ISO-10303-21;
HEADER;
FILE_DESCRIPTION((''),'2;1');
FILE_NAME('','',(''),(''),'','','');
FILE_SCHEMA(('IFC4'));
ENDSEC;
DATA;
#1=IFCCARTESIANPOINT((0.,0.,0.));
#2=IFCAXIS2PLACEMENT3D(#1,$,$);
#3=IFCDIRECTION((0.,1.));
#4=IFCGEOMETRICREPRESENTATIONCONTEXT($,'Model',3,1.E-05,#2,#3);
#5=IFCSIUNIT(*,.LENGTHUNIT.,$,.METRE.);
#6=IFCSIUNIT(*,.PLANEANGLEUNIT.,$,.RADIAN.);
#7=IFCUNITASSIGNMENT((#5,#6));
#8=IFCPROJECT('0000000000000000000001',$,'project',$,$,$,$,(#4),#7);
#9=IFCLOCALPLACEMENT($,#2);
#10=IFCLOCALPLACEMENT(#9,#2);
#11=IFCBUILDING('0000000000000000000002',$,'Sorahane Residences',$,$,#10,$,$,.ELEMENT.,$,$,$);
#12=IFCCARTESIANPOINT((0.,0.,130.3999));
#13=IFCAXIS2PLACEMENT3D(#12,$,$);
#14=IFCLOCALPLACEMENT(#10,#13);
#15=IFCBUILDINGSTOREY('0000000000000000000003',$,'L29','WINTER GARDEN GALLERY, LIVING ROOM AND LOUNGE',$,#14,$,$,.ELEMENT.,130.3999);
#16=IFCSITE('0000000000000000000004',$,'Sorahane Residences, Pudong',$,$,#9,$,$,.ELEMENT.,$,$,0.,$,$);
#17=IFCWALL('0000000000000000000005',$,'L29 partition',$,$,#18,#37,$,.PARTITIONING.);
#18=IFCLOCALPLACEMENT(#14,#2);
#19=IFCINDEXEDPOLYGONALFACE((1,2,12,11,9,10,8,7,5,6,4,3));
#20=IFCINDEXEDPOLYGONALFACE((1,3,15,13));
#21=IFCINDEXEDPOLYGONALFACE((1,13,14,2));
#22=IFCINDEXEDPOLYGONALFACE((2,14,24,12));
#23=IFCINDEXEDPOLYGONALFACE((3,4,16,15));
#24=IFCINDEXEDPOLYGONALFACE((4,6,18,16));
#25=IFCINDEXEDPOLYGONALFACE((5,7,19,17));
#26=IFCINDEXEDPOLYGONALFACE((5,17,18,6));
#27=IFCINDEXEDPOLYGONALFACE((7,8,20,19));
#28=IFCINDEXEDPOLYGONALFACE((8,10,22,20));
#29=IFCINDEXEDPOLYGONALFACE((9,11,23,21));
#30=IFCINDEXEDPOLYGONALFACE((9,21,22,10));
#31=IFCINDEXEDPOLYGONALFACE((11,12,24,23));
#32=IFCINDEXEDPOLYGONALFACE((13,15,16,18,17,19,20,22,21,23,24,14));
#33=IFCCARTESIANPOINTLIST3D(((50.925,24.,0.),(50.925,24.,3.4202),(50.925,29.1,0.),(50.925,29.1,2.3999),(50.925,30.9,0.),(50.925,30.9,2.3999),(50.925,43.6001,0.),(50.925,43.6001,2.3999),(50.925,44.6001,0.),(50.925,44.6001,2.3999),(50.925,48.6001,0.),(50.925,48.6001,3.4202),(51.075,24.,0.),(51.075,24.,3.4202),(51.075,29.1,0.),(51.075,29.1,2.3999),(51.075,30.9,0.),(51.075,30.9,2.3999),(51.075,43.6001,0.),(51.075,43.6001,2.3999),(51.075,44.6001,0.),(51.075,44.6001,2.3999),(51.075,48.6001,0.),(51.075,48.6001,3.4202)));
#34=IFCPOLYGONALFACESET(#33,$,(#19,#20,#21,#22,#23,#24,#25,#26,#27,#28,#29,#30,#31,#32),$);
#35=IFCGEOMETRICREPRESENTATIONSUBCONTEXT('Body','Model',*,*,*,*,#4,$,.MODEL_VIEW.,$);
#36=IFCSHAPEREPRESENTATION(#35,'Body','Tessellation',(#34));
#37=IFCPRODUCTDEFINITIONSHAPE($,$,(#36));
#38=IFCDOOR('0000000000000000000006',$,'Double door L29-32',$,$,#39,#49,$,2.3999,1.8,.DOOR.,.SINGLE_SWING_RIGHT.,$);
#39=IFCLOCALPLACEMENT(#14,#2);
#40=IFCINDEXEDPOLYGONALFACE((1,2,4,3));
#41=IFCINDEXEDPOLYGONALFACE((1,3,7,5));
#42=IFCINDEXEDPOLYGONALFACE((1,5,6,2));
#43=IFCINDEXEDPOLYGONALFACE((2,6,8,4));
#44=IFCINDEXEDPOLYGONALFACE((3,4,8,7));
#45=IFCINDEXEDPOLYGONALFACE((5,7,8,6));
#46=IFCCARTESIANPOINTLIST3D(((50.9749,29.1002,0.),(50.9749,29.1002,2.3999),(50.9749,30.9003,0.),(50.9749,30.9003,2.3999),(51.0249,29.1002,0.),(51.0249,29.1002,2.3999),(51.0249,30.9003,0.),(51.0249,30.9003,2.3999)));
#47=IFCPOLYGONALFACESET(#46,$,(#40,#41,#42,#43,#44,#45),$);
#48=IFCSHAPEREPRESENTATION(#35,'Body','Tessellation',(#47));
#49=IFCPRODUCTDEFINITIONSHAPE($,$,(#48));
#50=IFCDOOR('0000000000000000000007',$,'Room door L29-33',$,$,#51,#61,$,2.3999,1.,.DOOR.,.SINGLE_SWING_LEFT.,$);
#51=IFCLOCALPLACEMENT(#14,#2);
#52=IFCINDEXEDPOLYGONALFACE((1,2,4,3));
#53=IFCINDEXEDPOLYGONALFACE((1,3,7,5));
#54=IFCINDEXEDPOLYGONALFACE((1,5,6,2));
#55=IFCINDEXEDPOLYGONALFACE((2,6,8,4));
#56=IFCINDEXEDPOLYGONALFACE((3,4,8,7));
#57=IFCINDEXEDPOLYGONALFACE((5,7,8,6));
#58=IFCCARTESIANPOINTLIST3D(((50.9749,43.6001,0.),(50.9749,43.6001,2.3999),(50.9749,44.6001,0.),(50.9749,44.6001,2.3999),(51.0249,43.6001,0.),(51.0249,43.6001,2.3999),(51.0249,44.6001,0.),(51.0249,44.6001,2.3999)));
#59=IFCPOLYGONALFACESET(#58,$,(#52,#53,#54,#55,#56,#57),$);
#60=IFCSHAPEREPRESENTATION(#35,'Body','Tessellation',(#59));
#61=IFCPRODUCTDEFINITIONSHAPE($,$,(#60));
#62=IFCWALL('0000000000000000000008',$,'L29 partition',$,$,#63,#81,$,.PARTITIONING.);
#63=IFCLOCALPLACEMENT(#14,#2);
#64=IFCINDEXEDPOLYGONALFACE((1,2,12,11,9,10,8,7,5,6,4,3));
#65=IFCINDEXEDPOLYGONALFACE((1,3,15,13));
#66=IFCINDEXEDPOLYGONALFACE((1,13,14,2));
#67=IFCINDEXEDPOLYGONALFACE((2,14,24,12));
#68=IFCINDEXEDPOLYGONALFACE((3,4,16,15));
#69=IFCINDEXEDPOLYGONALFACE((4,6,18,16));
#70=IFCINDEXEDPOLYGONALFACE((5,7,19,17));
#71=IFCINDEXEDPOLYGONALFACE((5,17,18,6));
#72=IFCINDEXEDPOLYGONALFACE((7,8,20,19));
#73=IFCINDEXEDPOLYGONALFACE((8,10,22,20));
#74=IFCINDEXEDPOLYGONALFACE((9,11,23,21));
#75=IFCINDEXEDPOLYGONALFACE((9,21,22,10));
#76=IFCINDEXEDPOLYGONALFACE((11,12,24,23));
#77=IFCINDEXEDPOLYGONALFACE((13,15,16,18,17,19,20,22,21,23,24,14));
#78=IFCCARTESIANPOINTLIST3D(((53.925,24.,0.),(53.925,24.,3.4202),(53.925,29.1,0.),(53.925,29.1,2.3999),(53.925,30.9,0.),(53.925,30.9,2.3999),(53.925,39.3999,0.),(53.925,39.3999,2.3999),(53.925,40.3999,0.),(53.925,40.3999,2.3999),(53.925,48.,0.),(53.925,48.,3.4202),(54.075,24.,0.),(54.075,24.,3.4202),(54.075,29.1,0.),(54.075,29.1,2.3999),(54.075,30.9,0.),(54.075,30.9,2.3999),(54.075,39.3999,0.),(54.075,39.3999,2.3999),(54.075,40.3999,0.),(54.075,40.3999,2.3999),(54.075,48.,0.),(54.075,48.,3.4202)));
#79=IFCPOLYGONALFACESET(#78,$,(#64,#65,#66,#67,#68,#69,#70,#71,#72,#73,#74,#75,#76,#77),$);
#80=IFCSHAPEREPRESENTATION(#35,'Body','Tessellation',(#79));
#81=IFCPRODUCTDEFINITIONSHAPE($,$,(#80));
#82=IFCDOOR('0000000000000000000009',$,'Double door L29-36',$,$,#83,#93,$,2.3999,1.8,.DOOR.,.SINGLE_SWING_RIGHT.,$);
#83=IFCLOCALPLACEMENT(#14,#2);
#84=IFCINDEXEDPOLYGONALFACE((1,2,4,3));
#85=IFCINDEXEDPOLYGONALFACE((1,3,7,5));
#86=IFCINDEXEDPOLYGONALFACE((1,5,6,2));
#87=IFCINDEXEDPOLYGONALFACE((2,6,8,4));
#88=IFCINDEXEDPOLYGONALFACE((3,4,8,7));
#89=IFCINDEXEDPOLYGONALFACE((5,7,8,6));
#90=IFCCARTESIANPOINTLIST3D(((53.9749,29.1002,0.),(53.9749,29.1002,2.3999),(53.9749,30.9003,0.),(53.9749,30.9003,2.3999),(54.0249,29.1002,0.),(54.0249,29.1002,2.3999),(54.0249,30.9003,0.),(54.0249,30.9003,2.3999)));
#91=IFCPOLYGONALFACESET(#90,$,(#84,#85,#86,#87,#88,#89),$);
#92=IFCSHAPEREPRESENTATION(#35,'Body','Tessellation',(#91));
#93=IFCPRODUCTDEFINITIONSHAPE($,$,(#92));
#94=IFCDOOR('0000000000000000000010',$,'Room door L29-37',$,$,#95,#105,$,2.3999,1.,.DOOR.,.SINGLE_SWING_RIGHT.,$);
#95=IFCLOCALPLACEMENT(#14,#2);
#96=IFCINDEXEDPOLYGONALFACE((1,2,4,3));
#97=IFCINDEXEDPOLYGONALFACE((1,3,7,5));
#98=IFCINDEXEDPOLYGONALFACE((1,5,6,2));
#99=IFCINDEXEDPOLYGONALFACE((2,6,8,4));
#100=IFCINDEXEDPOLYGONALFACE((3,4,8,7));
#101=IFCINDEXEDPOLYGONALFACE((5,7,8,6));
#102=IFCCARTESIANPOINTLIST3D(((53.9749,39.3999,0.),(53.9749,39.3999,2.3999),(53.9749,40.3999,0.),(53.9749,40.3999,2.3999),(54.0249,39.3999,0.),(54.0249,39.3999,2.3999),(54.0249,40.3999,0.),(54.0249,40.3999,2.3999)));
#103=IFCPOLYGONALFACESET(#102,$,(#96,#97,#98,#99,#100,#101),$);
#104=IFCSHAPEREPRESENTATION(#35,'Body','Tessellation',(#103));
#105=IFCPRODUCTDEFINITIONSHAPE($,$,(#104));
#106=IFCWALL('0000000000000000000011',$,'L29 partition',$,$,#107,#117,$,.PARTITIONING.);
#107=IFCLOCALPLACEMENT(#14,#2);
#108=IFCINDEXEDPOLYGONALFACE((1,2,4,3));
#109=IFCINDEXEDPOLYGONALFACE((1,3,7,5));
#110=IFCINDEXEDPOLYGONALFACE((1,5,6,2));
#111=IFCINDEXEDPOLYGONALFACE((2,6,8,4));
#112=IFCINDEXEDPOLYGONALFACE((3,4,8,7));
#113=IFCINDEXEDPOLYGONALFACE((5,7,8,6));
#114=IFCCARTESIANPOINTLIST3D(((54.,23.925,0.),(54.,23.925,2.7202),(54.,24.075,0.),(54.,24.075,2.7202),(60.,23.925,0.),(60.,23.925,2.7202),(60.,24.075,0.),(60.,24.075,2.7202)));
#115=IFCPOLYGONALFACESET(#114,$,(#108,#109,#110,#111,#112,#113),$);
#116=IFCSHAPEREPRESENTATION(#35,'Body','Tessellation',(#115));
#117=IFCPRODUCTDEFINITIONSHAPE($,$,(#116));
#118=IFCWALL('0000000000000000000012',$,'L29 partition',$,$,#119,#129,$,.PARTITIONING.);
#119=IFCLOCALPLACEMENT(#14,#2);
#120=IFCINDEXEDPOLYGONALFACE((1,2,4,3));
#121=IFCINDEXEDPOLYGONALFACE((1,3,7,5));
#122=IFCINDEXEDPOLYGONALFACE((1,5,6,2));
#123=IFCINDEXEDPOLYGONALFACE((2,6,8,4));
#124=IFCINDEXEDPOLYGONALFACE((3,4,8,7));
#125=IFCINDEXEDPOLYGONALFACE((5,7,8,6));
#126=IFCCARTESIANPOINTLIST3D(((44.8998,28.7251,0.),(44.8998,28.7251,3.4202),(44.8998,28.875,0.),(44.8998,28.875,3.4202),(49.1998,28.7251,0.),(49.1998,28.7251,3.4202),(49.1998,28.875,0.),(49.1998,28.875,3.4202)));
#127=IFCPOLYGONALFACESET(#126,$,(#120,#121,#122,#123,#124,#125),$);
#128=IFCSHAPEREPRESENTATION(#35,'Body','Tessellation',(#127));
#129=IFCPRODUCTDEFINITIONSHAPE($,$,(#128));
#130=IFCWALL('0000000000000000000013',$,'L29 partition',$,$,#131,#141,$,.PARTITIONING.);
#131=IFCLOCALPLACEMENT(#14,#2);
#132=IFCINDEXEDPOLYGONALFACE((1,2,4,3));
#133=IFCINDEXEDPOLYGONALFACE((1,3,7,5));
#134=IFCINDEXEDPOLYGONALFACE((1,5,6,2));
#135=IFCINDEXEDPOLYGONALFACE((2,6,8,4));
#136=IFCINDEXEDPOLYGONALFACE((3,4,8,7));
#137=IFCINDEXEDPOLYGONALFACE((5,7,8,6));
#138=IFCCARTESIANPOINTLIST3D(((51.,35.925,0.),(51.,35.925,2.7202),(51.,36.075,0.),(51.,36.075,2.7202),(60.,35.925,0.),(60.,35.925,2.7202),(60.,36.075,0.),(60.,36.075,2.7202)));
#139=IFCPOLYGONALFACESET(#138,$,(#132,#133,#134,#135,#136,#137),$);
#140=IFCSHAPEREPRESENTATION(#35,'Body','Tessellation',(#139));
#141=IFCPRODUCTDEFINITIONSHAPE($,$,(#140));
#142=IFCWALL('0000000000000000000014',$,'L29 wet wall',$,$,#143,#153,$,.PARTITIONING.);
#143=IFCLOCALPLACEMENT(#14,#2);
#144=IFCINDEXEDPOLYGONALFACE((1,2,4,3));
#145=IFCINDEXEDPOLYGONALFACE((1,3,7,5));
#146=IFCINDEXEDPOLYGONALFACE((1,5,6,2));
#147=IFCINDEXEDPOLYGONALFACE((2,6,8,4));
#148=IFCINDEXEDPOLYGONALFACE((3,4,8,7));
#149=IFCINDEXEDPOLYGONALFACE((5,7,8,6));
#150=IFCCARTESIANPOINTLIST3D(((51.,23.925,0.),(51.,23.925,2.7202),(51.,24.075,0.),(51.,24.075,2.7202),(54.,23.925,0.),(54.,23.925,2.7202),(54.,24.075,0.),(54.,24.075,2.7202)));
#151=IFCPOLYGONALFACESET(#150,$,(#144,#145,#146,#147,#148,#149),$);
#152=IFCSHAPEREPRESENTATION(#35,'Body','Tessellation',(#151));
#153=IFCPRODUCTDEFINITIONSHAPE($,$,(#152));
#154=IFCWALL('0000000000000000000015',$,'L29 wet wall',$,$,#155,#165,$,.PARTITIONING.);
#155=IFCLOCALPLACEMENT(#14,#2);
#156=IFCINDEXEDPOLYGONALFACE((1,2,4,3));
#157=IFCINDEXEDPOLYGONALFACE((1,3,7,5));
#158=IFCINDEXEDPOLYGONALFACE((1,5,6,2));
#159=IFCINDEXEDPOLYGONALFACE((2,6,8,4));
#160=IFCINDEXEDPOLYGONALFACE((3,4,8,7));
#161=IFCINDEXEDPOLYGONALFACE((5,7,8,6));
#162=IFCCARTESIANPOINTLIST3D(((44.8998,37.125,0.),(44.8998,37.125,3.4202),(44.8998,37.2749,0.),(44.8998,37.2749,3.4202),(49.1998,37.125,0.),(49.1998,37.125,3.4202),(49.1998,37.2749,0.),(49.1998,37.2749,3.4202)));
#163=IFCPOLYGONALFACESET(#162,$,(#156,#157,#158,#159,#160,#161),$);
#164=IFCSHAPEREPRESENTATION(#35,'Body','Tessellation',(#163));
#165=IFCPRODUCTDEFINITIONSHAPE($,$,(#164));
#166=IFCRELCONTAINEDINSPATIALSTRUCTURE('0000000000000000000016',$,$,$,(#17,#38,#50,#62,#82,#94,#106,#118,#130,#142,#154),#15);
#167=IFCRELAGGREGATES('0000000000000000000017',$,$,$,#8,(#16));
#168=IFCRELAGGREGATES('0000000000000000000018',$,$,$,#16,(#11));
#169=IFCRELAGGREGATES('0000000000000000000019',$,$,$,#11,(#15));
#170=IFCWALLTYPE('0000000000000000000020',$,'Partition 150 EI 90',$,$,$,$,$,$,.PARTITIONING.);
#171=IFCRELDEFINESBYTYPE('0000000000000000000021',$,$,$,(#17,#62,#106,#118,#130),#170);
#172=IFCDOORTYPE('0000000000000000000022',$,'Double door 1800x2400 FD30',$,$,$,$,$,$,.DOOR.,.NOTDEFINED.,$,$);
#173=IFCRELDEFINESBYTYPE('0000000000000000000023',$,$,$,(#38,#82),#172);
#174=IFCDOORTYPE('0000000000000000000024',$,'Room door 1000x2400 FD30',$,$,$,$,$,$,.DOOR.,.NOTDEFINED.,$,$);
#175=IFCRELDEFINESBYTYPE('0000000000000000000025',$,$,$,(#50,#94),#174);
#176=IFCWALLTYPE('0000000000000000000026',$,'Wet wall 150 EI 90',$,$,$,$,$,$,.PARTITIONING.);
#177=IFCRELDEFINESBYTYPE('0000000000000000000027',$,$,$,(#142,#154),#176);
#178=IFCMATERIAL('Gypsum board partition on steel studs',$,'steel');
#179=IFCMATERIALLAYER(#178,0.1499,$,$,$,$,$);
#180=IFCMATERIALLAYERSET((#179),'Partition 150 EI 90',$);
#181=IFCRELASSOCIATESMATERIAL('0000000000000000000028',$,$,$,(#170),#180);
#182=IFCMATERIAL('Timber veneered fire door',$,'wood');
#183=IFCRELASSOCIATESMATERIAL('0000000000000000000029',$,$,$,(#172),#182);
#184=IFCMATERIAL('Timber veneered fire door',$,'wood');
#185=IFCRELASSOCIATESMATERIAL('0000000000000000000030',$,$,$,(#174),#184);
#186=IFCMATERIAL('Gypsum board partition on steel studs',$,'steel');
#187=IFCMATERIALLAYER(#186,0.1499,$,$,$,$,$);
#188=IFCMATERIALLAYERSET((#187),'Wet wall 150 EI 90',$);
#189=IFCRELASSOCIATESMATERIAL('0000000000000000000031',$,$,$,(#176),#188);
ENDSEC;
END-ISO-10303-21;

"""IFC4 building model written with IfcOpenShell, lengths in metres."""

from ifc_helpers import new_model, si_unit, direction, frame, frame_2d, origin, place, context, subcontext, project, spatial, rectangle, extrude, material, layer, layer_set, type_object, element, fill, save


model = new_model("IFC4")

# Units and contexts
model_context = context("Model", 3, precision=1e-05, world=origin(), true_north=direction((0.0, 1.0)))
body_context = subcontext(model_context, "Body", "Model", "MODEL_VIEW")
ifc_project = project(units=[si_unit("LENGTHUNIT", "METRE"), si_unit("PLANEANGLEUNIT", "RADIAN")], contexts=[model_context])

# Site, building, storey
site_placement = place(None, origin())
site = spatial("IfcSite", under=ifc_project, at=site_placement, Name="Sorahane Residences, Pudong", CompositionType="ELEMENT", RefElevation=0.0)
building_placement = place(site_placement, origin())
building = spatial("IfcBuilding", under=site, at=building_placement, Name="Sorahane Residences", CompositionType="ELEMENT")
storey_placement = place(building_placement, frame((0.0, 0.0, 130.3999)))
storey = spatial("IfcBuildingStorey", under=building, at=storey_placement, Name="L29", Description="WINTER GARDEN GALLERY, LIVING ROOM AND LOUNGE", CompositionType="ELEMENT", Elevation=130.3999)

# Walls, openings, doors
ifc_material_1 = material(Name="Gypsum board partition on steel studs", Category="steel")
ifc_layer_1 = layer(ifc_material_1, 0.1499)
ifc_layer_set_1 = layer_set([ifc_layer_1], Name="Partition 150 EI 90")
wall_type_1 = type_object("IfcWallType", Name="Partition 150 EI 90", PredefinedType="PARTITIONING", material=ifc_layer_set_1)
wall_1_placement = place(storey_placement, frame((51.0, 24.0, 0.0), z_axis=(0.0, 0.0, 1.0), x_axis=(0.0, 1.0, 0.0)))
wall_1 = element("IfcWall", 1, at=wall_1_placement, inside=storey, type_object=wall_type_1, Name="L29 partition", PredefinedType="PARTITIONING", context=body_context, shape_type="SweptSolid", body=[
    extrude(rectangle(XDim=24.6001, YDim=0.1499, at=frame_2d((12.3, 0.0))), origin(), (0.0, 0.0, 1.0), 3.4202),
])
opening_1_placement = place(wall_1_placement, frame((5.1001, 0.0, 0.0)))
opening_1 = element("IfcOpeningElement", 2, at=opening_1_placement, cuts=wall_1, PredefinedType="OPENING", context=body_context, shape_type="SweptSolid", body=[
    extrude(rectangle(XDim=1.8, YDim=2.3999, at=frame_2d((0.8999, 1.2))), frame((0.0, 0.085, 0.0), z_axis=(0.0, -1.0, 0.0), x_axis=(1.0, 0.0, 0.0)), (0.0, 0.0, 1.0), 0.1699),
])
opening_2_placement = place(wall_1_placement, frame((19.6001, 0.0, 0.0)))
opening_2 = element("IfcOpeningElement", 3, at=opening_2_placement, cuts=wall_1, PredefinedType="OPENING", context=body_context, shape_type="SweptSolid", body=[
    extrude(rectangle(XDim=1.0, YDim=2.3999, at=frame_2d((0.5, 1.2))), frame((0.0, 0.085, 0.0), z_axis=(0.0, -1.0, 0.0), x_axis=(1.0, 0.0, 0.0)), (0.0, 0.0, 1.0), 0.1699),
])
ifc_material_2 = material(Name="Timber veneered fire door", Category="wood")
door_type_1 = type_object("IfcDoorType", Name="Double door 1800x2400 FD30", OperationType="NOTDEFINED", PredefinedType="DOOR", material=ifc_material_2)
door_1_placement = place(opening_1_placement, frame((1.8, 0.0, 0.0), z_axis=(0.0, 0.0, 1.0), x_axis=(-1.0, 0.0, 0.0)))
door_1 = element("IfcDoor", 4, at=door_1_placement, inside=storey, type_object=door_type_1, Name="Double door L29-32", OperationType="SINGLE_SWING_RIGHT", OverallHeight=2.3999, OverallWidth=1.8, PredefinedType="DOOR", context=body_context, shape_type="SweptSolid", body=[
    extrude(rectangle(XDim=1.8, YDim=2.3999, at=frame_2d((0.8999, 1.2))), frame((0.0, 0.0249, 0.0), z_axis=(0.0, -1.0, 0.0), x_axis=(1.0, 0.0, 0.0)), (0.0, 0.0, 1.0), 0.05),
])
fill(opening_1, door_1)
ifc_material_3 = material(Name="Timber veneered fire door", Category="wood")
door_type_2 = type_object("IfcDoorType", Name="Room door 1000x2400 FD30", OperationType="NOTDEFINED", PredefinedType="DOOR", material=ifc_material_3)
door_2_placement = place(opening_2_placement, frame((1.0, 0.0, 0.0), z_axis=(0.0, 0.0, 1.0), x_axis=(-1.0, 0.0, 0.0)))
door_2 = element("IfcDoor", 5, at=door_2_placement, inside=storey, type_object=door_type_2, Name="Room door L29-33", OperationType="SINGLE_SWING_LEFT", OverallHeight=2.3999, OverallWidth=1.0, PredefinedType="DOOR", context=body_context, shape_type="SweptSolid", body=[
    extrude(rectangle(XDim=1.0, YDim=2.3999, at=frame_2d((0.5, 1.2))), frame((0.0, 0.0249, 0.0), z_axis=(0.0, -1.0, 0.0), x_axis=(1.0, 0.0, 0.0)), (0.0, 0.0, 1.0), 0.05),
])
fill(opening_2, door_2)
wall_2_placement = place(storey_placement, frame((54.0, 24.0, 0.0), z_axis=(0.0, 0.0, 1.0), x_axis=(0.0, 1.0, 0.0)))
wall_2 = element("IfcWall", 6, at=wall_2_placement, inside=storey, type_object=wall_type_1, Name="L29 partition", PredefinedType="PARTITIONING", context=body_context, shape_type="SweptSolid", body=[
    extrude(rectangle(XDim=24.0, YDim=0.1499, at=frame_2d((12.0, 0.0))), origin(), (0.0, 0.0, 1.0), 3.4202),
])
opening_3_placement = place(wall_2_placement, frame((5.1001, 0.0, 0.0)))
opening_3 = element("IfcOpeningElement", 7, at=opening_3_placement, cuts=wall_2, PredefinedType="OPENING", context=body_context, shape_type="SweptSolid", body=[
    extrude(rectangle(XDim=1.8, YDim=2.3999, at=frame_2d((0.8999, 1.2))), frame((0.0, 0.085, 0.0), z_axis=(0.0, -1.0, 0.0), x_axis=(1.0, 0.0, 0.0)), (0.0, 0.0, 1.0), 0.1699),
])
opening_4_placement = place(wall_2_placement, frame((15.3999, 0.0, 0.0)))
opening_4 = element("IfcOpeningElement", 8, at=opening_4_placement, cuts=wall_2, PredefinedType="OPENING", context=body_context, shape_type="SweptSolid", body=[
    extrude(rectangle(XDim=1.0, YDim=2.3999, at=frame_2d((0.5, 1.2))), frame((0.0, 0.085, 0.0), z_axis=(0.0, -1.0, 0.0), x_axis=(1.0, 0.0, 0.0)), (0.0, 0.0, 1.0), 0.1699),
])
door_3_placement = place(opening_3_placement, frame((1.8, 0.0, 0.0), z_axis=(0.0, 0.0, 1.0), x_axis=(-1.0, 0.0, 0.0)))
door_3 = element("IfcDoor", 9, at=door_3_placement, inside=storey, type_object=door_type_1, Name="Double door L29-36", OperationType="SINGLE_SWING_RIGHT", OverallHeight=2.3999, OverallWidth=1.8, PredefinedType="DOOR", context=body_context, shape_type="SweptSolid", body=[
    extrude(rectangle(XDim=1.8, YDim=2.3999, at=frame_2d((0.8999, 1.2))), frame((0.0, 0.0249, 0.0), z_axis=(0.0, -1.0, 0.0), x_axis=(1.0, 0.0, 0.0)), (0.0, 0.0, 1.0), 0.05),
])
fill(opening_3, door_3)
door_4_placement = place(opening_4_placement, frame((1.0, 0.0, 0.0), z_axis=(0.0, 0.0, 1.0), x_axis=(-1.0, 0.0, 0.0)))
door_4 = element("IfcDoor", 10, at=door_4_placement, inside=storey, type_object=door_type_2, Name="Room door L29-37", OperationType="SINGLE_SWING_RIGHT", OverallHeight=2.3999, OverallWidth=1.0, PredefinedType="DOOR", context=body_context, shape_type="SweptSolid", body=[
    extrude(rectangle(XDim=1.0, YDim=2.3999, at=frame_2d((0.5, 1.2))), frame((0.0, 0.0249, 0.0), z_axis=(0.0, -1.0, 0.0), x_axis=(1.0, 0.0, 0.0)), (0.0, 0.0, 1.0), 0.05),
])
fill(opening_4, door_4)

# Walls
wall_3_placement = place(storey_placement, frame((54.0, 24.0, 0.0), z_axis=(0.0, 0.0, 1.0), x_axis=(1.0, 0.0, 0.0)))
element("IfcWall", 11, at=wall_3_placement, inside=storey, type_object=wall_type_1, Name="L29 partition", PredefinedType="PARTITIONING", context=body_context, shape_type="SweptSolid", body=[
    extrude(rectangle(XDim=6.0, YDim=0.1499, at=frame_2d((3.0, 0.0))), origin(), (0.0, 0.0, 1.0), 2.7202),
])
wall_4_placement = place(storey_placement, frame((44.8999, 28.8, 0.0), z_axis=(0.0, 0.0, 1.0), x_axis=(1.0, 0.0, 0.0)))
element("IfcWall", 12, at=wall_4_placement, inside=storey, type_object=wall_type_1, Name="L29 partition", PredefinedType="PARTITIONING", context=body_context, shape_type="SweptSolid", body=[
    extrude(rectangle(XDim=4.3, YDim=0.1499, at=frame_2d((2.1499, 0.0))), origin(), (0.0, 0.0, 1.0), 3.4202),
])
wall_5_placement = place(storey_placement, frame((51.0, 36.0, 0.0), z_axis=(0.0, 0.0, 1.0), x_axis=(1.0, 0.0, 0.0)))
element("IfcWall", 13, at=wall_5_placement, inside=storey, type_object=wall_type_1, Name="L29 partition", PredefinedType="PARTITIONING", context=body_context, shape_type="SweptSolid", body=[
    extrude(rectangle(XDim=9.0, YDim=0.1499, at=frame_2d((4.5, 0.0))), origin(), (0.0, 0.0, 1.0), 2.7202),
])

# Shared definitions
ifc_material_4 = material(Name="Gypsum board partition on steel studs", Category="steel")
ifc_layer_2 = layer(ifc_material_4, 0.1499)
ifc_layer_set_2 = layer_set([ifc_layer_2], Name="Wet wall 150 EI 90")
wall_type_2 = type_object("IfcWallType", Name="Wet wall 150 EI 90", PredefinedType="PARTITIONING", material=ifc_layer_set_2)

# Walls
wall_6_placement = place(storey_placement, frame((51.0, 24.0, 0.0), z_axis=(0.0, 0.0, 1.0), x_axis=(1.0, 0.0, 0.0)))
element("IfcWall", 14, at=wall_6_placement, inside=storey, type_object=wall_type_2, Name="L29 wet wall", PredefinedType="PARTITIONING", context=body_context, shape_type="SweptSolid", body=[
    extrude(rectangle(XDim=3.0, YDim=0.1499, at=frame_2d((1.5, 0.0))), origin(), (0.0, 0.0, 1.0), 2.7202),
])
wall_7_placement = place(storey_placement, frame((44.8999, 37.2, 0.0), z_axis=(0.0, 0.0, 1.0), x_axis=(1.0, 0.0, 0.0)))
element("IfcWall", 15, at=wall_7_placement, inside=storey, type_object=wall_type_2, Name="L29 wet wall", PredefinedType="PARTITIONING", context=body_context, shape_type="SweptSolid", body=[
    extrude(rectangle(XDim=4.3, YDim=0.1499, at=frame_2d((2.1499, 0.0))), origin(), (0.0, 0.0, 1.0), 3.4202),
])

save(model, "model.ifc")
